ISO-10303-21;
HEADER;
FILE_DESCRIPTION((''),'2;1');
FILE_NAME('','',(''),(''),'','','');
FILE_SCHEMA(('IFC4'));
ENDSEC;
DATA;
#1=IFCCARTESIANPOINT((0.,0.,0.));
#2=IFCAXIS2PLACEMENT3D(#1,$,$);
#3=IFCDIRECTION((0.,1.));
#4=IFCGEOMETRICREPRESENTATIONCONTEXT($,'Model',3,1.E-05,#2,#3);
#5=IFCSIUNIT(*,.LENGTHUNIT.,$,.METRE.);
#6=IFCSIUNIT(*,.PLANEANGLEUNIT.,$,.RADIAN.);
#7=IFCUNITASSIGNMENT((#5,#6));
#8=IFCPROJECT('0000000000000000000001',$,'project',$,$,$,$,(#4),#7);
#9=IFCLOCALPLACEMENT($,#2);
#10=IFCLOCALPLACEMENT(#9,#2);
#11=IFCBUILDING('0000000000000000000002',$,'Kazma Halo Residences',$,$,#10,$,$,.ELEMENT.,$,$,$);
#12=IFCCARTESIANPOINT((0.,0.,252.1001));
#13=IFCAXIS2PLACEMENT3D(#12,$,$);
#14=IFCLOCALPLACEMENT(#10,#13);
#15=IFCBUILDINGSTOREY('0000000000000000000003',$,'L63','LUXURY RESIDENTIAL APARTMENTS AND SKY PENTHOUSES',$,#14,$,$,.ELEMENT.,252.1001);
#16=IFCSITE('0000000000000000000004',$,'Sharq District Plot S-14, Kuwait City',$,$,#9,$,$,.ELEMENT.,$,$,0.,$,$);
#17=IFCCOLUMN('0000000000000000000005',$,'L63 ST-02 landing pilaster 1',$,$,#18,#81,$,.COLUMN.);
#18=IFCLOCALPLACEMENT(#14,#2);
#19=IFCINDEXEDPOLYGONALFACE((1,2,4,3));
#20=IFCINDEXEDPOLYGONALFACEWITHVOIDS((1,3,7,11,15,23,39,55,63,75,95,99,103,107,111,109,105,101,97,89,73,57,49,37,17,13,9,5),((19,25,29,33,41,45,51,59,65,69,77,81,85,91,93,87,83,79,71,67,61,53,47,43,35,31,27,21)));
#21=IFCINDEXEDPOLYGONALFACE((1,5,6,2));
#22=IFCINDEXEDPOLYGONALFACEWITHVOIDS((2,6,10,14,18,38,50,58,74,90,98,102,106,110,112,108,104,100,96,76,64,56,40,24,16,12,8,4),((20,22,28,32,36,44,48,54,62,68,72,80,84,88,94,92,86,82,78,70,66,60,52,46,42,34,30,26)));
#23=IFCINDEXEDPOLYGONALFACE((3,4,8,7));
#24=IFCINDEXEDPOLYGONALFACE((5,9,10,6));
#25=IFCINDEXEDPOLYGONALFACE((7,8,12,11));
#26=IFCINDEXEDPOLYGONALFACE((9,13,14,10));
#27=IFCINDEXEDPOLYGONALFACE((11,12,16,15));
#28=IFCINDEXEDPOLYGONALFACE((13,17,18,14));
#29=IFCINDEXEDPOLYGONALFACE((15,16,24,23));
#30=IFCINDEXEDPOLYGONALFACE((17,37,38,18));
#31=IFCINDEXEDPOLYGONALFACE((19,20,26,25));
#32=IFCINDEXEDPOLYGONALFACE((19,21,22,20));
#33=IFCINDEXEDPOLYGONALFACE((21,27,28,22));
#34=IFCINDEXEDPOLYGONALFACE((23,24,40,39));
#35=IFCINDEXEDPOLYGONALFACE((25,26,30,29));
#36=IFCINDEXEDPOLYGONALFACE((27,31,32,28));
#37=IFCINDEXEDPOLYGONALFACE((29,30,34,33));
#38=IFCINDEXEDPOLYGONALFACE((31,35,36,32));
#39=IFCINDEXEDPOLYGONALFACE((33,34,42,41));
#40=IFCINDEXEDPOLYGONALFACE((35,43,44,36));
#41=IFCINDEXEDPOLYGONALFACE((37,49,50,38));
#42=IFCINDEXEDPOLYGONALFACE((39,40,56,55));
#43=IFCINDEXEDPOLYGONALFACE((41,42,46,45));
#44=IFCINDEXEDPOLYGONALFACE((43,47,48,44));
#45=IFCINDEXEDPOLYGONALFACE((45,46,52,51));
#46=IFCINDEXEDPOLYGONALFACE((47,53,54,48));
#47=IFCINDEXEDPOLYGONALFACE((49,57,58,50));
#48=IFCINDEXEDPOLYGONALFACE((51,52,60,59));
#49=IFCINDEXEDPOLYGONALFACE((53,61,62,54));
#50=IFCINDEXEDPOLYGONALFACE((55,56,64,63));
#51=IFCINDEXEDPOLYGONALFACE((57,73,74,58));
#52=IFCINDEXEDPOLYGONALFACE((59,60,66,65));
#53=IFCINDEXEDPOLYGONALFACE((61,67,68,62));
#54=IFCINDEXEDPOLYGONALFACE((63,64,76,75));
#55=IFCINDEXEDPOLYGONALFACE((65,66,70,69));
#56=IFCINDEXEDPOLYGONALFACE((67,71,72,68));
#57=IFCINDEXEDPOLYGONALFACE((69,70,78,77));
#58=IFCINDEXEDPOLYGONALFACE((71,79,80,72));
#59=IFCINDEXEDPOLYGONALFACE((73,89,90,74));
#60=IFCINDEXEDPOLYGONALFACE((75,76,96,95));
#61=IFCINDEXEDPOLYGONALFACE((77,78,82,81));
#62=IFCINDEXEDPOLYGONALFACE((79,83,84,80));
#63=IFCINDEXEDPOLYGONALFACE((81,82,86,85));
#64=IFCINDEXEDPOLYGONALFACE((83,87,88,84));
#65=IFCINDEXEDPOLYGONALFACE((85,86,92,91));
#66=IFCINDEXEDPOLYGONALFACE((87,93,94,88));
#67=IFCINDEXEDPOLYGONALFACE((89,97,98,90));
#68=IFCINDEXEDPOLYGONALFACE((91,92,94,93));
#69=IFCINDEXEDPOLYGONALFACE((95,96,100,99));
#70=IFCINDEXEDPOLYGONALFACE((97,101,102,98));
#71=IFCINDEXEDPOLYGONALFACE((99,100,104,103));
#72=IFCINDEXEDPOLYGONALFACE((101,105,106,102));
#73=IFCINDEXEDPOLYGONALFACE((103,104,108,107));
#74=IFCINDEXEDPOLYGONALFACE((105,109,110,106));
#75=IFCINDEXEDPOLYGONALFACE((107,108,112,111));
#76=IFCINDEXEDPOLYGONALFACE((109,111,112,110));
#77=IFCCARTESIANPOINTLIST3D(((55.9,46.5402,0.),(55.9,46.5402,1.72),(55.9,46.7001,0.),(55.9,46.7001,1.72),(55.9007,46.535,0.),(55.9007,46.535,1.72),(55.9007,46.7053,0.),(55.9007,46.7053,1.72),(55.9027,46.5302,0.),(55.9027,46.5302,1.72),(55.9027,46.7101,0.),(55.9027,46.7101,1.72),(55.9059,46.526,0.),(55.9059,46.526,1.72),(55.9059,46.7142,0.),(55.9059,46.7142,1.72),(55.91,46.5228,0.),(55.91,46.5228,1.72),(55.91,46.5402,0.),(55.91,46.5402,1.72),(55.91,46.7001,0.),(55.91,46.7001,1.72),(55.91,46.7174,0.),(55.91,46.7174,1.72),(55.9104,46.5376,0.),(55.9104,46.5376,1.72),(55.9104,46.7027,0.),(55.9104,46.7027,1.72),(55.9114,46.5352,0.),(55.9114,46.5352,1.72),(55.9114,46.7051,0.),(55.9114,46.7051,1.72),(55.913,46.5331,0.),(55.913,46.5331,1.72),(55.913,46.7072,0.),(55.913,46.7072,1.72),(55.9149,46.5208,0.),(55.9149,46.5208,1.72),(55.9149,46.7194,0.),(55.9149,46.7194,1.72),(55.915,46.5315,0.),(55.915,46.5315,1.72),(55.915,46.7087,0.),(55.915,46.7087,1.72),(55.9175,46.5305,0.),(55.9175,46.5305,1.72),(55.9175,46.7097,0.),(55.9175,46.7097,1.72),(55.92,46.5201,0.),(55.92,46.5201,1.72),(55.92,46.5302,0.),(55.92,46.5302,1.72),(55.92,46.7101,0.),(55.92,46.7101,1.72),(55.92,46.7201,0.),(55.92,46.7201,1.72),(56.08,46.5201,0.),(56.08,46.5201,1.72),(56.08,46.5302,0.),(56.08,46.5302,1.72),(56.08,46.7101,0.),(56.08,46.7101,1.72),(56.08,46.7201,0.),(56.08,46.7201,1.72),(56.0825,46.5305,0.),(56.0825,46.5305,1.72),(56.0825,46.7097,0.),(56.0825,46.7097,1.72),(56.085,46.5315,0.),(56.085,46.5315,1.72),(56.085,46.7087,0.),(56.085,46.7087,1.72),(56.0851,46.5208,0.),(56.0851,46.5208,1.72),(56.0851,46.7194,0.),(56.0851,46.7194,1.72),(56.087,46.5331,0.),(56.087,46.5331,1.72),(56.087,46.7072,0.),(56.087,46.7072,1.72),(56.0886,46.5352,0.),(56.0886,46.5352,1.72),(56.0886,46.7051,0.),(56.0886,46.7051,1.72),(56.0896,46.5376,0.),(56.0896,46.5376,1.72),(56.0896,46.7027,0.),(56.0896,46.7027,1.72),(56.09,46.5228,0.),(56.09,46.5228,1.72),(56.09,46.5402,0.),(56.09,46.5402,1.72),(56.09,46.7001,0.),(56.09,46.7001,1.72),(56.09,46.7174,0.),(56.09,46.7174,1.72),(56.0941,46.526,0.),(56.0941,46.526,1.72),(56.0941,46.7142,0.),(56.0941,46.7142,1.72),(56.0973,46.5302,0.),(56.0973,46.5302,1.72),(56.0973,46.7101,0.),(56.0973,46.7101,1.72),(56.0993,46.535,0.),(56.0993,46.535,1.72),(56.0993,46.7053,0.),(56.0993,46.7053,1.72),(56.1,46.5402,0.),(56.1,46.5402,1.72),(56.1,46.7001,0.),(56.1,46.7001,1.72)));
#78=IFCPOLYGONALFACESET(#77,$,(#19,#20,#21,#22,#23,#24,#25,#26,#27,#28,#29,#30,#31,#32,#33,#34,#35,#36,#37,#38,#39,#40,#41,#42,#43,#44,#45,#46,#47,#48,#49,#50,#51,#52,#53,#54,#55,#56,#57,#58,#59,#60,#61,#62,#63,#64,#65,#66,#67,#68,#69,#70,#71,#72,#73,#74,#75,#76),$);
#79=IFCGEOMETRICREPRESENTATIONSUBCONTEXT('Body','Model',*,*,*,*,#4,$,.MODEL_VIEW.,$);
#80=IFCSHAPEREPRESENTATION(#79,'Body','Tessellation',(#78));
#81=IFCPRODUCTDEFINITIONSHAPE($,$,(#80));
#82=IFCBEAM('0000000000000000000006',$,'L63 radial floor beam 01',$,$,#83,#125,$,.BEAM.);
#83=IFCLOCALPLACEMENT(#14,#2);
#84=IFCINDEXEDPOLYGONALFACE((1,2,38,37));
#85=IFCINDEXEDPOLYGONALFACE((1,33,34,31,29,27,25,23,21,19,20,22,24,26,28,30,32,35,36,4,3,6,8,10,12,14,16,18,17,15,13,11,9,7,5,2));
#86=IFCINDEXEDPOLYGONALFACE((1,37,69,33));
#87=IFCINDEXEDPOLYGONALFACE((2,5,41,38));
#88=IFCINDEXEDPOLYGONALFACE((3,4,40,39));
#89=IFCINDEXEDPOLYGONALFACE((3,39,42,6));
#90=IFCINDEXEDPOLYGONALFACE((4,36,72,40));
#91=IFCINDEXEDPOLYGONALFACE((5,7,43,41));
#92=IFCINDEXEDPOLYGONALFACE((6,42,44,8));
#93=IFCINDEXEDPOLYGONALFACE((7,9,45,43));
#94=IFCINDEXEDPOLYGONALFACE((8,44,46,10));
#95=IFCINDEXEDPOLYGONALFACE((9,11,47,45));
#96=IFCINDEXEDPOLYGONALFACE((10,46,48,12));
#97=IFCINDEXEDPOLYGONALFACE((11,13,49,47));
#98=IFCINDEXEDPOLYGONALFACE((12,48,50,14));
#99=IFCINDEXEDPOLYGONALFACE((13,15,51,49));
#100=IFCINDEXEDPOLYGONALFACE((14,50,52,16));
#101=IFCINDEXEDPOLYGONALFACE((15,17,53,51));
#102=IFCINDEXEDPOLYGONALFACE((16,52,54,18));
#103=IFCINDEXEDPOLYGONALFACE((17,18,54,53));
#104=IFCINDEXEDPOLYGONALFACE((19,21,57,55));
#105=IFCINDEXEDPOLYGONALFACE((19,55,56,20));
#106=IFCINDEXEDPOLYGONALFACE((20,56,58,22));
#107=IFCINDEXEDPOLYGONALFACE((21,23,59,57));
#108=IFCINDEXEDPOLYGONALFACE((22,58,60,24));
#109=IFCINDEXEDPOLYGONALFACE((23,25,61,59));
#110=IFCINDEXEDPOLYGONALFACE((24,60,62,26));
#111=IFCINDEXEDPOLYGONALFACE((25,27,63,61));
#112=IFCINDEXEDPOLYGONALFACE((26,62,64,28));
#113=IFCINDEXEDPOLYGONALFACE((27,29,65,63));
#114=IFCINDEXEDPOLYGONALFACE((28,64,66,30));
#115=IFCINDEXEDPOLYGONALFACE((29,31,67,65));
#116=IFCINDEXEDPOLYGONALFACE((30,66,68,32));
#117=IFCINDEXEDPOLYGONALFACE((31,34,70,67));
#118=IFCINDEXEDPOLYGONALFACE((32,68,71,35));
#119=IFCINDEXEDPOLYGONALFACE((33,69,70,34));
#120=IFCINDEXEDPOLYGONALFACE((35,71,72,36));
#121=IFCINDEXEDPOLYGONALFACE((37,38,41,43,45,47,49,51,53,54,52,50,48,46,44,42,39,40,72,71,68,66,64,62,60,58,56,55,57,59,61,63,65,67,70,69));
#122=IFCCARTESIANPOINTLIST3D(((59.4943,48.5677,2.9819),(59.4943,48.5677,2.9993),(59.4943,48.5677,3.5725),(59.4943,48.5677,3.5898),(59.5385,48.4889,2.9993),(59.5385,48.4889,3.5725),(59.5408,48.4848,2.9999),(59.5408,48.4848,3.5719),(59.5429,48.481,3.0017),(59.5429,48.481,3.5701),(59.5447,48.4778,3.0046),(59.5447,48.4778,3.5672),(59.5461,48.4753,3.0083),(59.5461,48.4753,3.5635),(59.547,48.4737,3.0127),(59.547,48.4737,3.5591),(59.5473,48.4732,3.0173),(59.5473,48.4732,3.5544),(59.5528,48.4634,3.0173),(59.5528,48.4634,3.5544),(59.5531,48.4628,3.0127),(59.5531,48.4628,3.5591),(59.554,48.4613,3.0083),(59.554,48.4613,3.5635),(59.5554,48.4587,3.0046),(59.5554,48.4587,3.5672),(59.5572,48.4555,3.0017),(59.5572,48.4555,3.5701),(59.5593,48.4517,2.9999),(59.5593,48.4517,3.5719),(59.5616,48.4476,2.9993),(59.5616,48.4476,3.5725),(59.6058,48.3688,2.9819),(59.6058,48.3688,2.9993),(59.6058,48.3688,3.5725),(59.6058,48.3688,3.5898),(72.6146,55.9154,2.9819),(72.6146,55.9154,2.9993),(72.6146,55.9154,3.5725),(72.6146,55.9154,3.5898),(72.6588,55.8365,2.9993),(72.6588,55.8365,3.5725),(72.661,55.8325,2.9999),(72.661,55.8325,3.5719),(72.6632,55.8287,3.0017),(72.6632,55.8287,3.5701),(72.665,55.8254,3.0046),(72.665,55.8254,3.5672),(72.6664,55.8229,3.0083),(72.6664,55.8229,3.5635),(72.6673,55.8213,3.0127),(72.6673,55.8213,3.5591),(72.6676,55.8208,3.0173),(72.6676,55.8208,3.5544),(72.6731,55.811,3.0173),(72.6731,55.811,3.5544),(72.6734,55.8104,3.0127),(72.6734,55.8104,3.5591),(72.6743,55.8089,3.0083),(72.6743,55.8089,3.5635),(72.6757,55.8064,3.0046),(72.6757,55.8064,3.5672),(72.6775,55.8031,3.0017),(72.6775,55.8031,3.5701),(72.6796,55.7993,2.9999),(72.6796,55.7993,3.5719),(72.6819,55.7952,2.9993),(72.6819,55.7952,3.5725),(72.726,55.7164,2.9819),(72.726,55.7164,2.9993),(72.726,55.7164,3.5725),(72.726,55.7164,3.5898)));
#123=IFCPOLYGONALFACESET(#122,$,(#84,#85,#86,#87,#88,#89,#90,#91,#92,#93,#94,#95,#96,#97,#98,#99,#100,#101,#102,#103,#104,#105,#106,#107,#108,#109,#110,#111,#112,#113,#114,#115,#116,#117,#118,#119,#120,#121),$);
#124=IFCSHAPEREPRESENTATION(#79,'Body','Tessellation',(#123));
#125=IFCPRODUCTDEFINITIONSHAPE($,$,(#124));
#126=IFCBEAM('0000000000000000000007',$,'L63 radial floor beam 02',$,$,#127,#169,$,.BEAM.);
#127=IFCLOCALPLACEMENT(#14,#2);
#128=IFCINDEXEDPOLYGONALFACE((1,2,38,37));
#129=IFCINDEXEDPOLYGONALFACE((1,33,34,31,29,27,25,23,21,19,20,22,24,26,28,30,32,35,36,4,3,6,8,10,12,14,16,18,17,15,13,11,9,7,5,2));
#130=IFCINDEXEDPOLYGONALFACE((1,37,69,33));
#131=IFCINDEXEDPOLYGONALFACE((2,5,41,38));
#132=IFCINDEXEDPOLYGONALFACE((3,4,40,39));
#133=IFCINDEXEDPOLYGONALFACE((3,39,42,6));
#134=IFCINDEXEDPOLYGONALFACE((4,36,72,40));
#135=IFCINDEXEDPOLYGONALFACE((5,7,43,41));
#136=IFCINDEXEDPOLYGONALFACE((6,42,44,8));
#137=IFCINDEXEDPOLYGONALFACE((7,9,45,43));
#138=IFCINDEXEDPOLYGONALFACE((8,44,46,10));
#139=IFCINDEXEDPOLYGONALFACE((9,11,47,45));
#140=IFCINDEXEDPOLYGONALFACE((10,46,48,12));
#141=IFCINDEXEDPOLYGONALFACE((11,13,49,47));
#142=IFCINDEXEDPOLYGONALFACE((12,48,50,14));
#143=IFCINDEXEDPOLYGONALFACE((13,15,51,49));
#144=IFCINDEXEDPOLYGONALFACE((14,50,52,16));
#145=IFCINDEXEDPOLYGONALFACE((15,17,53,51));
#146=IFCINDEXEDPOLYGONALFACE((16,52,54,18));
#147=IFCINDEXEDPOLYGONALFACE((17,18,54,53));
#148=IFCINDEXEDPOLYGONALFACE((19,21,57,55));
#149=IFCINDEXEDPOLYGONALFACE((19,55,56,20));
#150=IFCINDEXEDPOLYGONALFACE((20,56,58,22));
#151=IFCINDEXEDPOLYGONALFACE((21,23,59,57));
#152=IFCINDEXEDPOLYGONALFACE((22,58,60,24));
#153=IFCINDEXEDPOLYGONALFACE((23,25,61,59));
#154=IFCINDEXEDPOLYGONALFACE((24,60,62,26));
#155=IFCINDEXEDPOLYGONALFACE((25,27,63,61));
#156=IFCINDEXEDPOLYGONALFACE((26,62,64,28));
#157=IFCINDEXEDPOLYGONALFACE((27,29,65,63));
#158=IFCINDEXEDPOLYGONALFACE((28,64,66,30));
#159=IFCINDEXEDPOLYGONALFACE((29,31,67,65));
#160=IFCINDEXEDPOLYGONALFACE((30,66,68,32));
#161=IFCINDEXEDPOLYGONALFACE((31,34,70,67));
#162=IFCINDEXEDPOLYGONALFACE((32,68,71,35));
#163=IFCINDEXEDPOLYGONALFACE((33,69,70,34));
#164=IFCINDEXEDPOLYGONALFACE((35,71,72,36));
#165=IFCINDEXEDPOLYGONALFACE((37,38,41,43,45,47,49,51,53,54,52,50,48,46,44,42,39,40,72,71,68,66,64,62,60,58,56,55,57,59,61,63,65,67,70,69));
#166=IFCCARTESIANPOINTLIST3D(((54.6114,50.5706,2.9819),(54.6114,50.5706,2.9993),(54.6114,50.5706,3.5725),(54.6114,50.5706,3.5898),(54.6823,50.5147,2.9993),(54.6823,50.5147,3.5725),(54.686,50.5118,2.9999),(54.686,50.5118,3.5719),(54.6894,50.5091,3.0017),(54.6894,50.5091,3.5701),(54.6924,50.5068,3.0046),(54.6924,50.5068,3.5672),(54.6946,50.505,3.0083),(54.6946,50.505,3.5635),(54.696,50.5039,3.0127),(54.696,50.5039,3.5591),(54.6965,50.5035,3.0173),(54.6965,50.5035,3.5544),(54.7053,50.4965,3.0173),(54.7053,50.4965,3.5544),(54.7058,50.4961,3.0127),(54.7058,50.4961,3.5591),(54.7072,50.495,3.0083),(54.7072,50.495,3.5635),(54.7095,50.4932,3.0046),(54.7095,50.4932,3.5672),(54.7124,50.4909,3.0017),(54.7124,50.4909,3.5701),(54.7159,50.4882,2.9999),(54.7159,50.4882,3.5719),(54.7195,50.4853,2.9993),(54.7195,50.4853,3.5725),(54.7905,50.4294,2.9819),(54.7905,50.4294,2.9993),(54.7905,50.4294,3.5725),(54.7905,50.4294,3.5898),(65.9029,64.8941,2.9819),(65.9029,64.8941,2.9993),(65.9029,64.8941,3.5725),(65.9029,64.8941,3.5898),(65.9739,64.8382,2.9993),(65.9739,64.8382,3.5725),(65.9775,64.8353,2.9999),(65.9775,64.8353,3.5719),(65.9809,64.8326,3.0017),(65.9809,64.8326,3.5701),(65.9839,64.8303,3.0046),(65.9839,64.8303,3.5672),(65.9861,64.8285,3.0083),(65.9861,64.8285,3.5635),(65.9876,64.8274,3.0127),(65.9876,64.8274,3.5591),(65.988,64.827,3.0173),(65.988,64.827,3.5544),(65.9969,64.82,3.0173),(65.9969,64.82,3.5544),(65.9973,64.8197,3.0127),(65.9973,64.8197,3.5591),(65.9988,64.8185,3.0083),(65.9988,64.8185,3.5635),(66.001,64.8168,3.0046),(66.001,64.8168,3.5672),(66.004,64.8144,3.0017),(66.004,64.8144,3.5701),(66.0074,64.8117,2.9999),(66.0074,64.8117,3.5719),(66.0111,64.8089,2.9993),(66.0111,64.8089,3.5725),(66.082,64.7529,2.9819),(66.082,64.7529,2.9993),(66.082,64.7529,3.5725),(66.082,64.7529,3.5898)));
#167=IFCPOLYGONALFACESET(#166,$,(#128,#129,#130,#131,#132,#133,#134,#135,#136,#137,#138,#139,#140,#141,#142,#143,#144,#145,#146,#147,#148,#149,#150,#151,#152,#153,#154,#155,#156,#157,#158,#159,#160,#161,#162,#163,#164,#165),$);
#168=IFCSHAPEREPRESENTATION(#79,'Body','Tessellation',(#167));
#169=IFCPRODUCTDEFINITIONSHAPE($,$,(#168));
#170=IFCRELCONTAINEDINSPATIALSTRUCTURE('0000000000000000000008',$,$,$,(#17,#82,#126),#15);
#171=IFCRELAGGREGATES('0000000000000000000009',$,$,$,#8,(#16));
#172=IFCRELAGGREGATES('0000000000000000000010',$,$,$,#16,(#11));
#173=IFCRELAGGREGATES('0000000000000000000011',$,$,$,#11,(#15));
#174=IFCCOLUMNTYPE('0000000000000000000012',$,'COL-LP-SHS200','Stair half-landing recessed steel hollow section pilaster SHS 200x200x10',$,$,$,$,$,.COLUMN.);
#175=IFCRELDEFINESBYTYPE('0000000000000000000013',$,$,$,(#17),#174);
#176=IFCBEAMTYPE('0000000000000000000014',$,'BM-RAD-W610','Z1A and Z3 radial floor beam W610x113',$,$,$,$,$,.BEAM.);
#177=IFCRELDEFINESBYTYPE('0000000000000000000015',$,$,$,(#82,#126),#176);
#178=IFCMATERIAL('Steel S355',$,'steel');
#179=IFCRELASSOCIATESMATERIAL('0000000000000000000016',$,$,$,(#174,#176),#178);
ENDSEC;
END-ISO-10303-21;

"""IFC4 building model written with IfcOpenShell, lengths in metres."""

from ifc_helpers import new_model, si_unit, direction, frame, origin, origin_2d, place, context, subcontext, project, spatial, hollow_rectangle, i_section, extrude, material, material_profile, profile_set, type_object, element, save


model = new_model("IFC4")

# Units and contexts
model_context = context("Model", 3, precision=1e-05, world=origin(), true_north=direction((0.0, 1.0)))
body_context = subcontext(model_context, "Body", "Model", "MODEL_VIEW")
ifc_project = project(units=[si_unit("LENGTHUNIT", "METRE"), si_unit("PLANEANGLEUNIT", "RADIAN")], contexts=[model_context])

# Site, building, storey
site_placement = place(None, origin())
site = spatial("IfcSite", under=ifc_project, at=site_placement, Name="Sharq District Plot S-14, Kuwait City", CompositionType="ELEMENT", RefElevation=0.0)
building_placement = place(site_placement, origin())
building = spatial("IfcBuilding", under=site, at=building_placement, Name="Kazma Halo Residences", CompositionType="ELEMENT")
storey_placement = place(building_placement, frame((0.0, 0.0, 252.1001)))
storey = spatial("IfcBuildingStorey", under=building, at=storey_placement, Name="L63", Description="LUXURY RESIDENTIAL APARTMENTS AND SKY PENTHOUSES", CompositionType="ELEMENT", Elevation=252.1001)

# Column
ifc_material_1 = material(Name="Steel S355", Category="steel")
ifc_material_profile_1 = material_profile(ifc_material_1, hollow_rectangle(XDim=0.2, YDim=0.2, WallThickness=0.01, InnerFilletRadius=0.01, OuterFilletRadius=0.02, at=origin_2d()), Name="SHS200x200x10")
ifc_profile_set_1 = profile_set([ifc_material_profile_1], Name="Steel S355")
column_type = type_object("IfcColumnType", Name="COL-LP-SHS200", Description="Stair half-landing recessed steel hollow section pilaster SHS 200x200x10", PredefinedType="COLUMN", material=ifc_profile_set_1)
column_placement = place(storey_placement, frame((56.0, 46.6201, 0.0), z_axis=(0.0, 0.0, 1.0), x_axis=(1.0, 0.0, 0.0)))
element("IfcColumn", 1, at=column_placement, inside=storey, type_object=column_type, Name="L63 ST-02 landing pilaster 1", PredefinedType="COLUMN", context=body_context, shape_type="SweptSolid", body=[
    extrude(hollow_rectangle(XDim=0.2, YDim=0.2, WallThickness=0.01, InnerFilletRadius=0.01, OuterFilletRadius=0.02, at=origin_2d()), origin(), (0.0, 0.0, 1.0), 1.72),
])

# Beams
ifc_material_profile_2 = material_profile(ifc_material_1, i_section(OverallWidth=0.228, OverallDepth=0.6079, WebThickness=0.0112, FlangeThickness=0.0173, FilletRadius=0.0181, at=origin_2d()), Name="W610x113")
ifc_profile_set_2 = profile_set([ifc_material_profile_2], Name="Steel S355")
beam_type_1 = type_object("IfcBeamType", Name="BM-RAD-W610", Description="Z1A and Z3 radial floor beam W610x113", PredefinedType="BEAM", material=ifc_profile_set_2)
beam_1_placement = place(storey_placement, frame((59.55, 48.4683, 3.2859), z_axis=(0.872499, 0.488616, 0.0), x_axis=(-0.488616, 0.872499, 0.0)))
element("IfcBeam", 2, at=beam_1_placement, inside=storey, type_object=beam_type_1, Name="L63 radial floor beam 01", PredefinedType="BEAM", context=body_context, shape_type="SweptSolid", body=[
    extrude(i_section(OverallWidth=0.228, OverallDepth=0.6079, WebThickness=0.0112, FlangeThickness=0.0173, FilletRadius=0.0181, at=origin_2d()), origin(), (0.0, 0.0, 1.0), 15.0376),
])
beam_2_placement = place(storey_placement, frame((54.7009, 50.5, 3.2859), z_axis=(0.619086, 0.785323, 0.0), x_axis=(-0.785323, 0.619086, 0.0)))
element("IfcBeam", 3, at=beam_2_placement, inside=storey, type_object=beam_type_1, Name="L63 radial floor beam 02", PredefinedType="BEAM", context=body_context, shape_type="SweptSolid", body=[
    extrude(i_section(OverallWidth=0.228, OverallDepth=0.6079, WebThickness=0.0112, FlangeThickness=0.0173, FilletRadius=0.0181, at=origin_2d()), origin(), (0.0, 0.0, 1.0), 18.239),
])

save(model, "model.ifc")
